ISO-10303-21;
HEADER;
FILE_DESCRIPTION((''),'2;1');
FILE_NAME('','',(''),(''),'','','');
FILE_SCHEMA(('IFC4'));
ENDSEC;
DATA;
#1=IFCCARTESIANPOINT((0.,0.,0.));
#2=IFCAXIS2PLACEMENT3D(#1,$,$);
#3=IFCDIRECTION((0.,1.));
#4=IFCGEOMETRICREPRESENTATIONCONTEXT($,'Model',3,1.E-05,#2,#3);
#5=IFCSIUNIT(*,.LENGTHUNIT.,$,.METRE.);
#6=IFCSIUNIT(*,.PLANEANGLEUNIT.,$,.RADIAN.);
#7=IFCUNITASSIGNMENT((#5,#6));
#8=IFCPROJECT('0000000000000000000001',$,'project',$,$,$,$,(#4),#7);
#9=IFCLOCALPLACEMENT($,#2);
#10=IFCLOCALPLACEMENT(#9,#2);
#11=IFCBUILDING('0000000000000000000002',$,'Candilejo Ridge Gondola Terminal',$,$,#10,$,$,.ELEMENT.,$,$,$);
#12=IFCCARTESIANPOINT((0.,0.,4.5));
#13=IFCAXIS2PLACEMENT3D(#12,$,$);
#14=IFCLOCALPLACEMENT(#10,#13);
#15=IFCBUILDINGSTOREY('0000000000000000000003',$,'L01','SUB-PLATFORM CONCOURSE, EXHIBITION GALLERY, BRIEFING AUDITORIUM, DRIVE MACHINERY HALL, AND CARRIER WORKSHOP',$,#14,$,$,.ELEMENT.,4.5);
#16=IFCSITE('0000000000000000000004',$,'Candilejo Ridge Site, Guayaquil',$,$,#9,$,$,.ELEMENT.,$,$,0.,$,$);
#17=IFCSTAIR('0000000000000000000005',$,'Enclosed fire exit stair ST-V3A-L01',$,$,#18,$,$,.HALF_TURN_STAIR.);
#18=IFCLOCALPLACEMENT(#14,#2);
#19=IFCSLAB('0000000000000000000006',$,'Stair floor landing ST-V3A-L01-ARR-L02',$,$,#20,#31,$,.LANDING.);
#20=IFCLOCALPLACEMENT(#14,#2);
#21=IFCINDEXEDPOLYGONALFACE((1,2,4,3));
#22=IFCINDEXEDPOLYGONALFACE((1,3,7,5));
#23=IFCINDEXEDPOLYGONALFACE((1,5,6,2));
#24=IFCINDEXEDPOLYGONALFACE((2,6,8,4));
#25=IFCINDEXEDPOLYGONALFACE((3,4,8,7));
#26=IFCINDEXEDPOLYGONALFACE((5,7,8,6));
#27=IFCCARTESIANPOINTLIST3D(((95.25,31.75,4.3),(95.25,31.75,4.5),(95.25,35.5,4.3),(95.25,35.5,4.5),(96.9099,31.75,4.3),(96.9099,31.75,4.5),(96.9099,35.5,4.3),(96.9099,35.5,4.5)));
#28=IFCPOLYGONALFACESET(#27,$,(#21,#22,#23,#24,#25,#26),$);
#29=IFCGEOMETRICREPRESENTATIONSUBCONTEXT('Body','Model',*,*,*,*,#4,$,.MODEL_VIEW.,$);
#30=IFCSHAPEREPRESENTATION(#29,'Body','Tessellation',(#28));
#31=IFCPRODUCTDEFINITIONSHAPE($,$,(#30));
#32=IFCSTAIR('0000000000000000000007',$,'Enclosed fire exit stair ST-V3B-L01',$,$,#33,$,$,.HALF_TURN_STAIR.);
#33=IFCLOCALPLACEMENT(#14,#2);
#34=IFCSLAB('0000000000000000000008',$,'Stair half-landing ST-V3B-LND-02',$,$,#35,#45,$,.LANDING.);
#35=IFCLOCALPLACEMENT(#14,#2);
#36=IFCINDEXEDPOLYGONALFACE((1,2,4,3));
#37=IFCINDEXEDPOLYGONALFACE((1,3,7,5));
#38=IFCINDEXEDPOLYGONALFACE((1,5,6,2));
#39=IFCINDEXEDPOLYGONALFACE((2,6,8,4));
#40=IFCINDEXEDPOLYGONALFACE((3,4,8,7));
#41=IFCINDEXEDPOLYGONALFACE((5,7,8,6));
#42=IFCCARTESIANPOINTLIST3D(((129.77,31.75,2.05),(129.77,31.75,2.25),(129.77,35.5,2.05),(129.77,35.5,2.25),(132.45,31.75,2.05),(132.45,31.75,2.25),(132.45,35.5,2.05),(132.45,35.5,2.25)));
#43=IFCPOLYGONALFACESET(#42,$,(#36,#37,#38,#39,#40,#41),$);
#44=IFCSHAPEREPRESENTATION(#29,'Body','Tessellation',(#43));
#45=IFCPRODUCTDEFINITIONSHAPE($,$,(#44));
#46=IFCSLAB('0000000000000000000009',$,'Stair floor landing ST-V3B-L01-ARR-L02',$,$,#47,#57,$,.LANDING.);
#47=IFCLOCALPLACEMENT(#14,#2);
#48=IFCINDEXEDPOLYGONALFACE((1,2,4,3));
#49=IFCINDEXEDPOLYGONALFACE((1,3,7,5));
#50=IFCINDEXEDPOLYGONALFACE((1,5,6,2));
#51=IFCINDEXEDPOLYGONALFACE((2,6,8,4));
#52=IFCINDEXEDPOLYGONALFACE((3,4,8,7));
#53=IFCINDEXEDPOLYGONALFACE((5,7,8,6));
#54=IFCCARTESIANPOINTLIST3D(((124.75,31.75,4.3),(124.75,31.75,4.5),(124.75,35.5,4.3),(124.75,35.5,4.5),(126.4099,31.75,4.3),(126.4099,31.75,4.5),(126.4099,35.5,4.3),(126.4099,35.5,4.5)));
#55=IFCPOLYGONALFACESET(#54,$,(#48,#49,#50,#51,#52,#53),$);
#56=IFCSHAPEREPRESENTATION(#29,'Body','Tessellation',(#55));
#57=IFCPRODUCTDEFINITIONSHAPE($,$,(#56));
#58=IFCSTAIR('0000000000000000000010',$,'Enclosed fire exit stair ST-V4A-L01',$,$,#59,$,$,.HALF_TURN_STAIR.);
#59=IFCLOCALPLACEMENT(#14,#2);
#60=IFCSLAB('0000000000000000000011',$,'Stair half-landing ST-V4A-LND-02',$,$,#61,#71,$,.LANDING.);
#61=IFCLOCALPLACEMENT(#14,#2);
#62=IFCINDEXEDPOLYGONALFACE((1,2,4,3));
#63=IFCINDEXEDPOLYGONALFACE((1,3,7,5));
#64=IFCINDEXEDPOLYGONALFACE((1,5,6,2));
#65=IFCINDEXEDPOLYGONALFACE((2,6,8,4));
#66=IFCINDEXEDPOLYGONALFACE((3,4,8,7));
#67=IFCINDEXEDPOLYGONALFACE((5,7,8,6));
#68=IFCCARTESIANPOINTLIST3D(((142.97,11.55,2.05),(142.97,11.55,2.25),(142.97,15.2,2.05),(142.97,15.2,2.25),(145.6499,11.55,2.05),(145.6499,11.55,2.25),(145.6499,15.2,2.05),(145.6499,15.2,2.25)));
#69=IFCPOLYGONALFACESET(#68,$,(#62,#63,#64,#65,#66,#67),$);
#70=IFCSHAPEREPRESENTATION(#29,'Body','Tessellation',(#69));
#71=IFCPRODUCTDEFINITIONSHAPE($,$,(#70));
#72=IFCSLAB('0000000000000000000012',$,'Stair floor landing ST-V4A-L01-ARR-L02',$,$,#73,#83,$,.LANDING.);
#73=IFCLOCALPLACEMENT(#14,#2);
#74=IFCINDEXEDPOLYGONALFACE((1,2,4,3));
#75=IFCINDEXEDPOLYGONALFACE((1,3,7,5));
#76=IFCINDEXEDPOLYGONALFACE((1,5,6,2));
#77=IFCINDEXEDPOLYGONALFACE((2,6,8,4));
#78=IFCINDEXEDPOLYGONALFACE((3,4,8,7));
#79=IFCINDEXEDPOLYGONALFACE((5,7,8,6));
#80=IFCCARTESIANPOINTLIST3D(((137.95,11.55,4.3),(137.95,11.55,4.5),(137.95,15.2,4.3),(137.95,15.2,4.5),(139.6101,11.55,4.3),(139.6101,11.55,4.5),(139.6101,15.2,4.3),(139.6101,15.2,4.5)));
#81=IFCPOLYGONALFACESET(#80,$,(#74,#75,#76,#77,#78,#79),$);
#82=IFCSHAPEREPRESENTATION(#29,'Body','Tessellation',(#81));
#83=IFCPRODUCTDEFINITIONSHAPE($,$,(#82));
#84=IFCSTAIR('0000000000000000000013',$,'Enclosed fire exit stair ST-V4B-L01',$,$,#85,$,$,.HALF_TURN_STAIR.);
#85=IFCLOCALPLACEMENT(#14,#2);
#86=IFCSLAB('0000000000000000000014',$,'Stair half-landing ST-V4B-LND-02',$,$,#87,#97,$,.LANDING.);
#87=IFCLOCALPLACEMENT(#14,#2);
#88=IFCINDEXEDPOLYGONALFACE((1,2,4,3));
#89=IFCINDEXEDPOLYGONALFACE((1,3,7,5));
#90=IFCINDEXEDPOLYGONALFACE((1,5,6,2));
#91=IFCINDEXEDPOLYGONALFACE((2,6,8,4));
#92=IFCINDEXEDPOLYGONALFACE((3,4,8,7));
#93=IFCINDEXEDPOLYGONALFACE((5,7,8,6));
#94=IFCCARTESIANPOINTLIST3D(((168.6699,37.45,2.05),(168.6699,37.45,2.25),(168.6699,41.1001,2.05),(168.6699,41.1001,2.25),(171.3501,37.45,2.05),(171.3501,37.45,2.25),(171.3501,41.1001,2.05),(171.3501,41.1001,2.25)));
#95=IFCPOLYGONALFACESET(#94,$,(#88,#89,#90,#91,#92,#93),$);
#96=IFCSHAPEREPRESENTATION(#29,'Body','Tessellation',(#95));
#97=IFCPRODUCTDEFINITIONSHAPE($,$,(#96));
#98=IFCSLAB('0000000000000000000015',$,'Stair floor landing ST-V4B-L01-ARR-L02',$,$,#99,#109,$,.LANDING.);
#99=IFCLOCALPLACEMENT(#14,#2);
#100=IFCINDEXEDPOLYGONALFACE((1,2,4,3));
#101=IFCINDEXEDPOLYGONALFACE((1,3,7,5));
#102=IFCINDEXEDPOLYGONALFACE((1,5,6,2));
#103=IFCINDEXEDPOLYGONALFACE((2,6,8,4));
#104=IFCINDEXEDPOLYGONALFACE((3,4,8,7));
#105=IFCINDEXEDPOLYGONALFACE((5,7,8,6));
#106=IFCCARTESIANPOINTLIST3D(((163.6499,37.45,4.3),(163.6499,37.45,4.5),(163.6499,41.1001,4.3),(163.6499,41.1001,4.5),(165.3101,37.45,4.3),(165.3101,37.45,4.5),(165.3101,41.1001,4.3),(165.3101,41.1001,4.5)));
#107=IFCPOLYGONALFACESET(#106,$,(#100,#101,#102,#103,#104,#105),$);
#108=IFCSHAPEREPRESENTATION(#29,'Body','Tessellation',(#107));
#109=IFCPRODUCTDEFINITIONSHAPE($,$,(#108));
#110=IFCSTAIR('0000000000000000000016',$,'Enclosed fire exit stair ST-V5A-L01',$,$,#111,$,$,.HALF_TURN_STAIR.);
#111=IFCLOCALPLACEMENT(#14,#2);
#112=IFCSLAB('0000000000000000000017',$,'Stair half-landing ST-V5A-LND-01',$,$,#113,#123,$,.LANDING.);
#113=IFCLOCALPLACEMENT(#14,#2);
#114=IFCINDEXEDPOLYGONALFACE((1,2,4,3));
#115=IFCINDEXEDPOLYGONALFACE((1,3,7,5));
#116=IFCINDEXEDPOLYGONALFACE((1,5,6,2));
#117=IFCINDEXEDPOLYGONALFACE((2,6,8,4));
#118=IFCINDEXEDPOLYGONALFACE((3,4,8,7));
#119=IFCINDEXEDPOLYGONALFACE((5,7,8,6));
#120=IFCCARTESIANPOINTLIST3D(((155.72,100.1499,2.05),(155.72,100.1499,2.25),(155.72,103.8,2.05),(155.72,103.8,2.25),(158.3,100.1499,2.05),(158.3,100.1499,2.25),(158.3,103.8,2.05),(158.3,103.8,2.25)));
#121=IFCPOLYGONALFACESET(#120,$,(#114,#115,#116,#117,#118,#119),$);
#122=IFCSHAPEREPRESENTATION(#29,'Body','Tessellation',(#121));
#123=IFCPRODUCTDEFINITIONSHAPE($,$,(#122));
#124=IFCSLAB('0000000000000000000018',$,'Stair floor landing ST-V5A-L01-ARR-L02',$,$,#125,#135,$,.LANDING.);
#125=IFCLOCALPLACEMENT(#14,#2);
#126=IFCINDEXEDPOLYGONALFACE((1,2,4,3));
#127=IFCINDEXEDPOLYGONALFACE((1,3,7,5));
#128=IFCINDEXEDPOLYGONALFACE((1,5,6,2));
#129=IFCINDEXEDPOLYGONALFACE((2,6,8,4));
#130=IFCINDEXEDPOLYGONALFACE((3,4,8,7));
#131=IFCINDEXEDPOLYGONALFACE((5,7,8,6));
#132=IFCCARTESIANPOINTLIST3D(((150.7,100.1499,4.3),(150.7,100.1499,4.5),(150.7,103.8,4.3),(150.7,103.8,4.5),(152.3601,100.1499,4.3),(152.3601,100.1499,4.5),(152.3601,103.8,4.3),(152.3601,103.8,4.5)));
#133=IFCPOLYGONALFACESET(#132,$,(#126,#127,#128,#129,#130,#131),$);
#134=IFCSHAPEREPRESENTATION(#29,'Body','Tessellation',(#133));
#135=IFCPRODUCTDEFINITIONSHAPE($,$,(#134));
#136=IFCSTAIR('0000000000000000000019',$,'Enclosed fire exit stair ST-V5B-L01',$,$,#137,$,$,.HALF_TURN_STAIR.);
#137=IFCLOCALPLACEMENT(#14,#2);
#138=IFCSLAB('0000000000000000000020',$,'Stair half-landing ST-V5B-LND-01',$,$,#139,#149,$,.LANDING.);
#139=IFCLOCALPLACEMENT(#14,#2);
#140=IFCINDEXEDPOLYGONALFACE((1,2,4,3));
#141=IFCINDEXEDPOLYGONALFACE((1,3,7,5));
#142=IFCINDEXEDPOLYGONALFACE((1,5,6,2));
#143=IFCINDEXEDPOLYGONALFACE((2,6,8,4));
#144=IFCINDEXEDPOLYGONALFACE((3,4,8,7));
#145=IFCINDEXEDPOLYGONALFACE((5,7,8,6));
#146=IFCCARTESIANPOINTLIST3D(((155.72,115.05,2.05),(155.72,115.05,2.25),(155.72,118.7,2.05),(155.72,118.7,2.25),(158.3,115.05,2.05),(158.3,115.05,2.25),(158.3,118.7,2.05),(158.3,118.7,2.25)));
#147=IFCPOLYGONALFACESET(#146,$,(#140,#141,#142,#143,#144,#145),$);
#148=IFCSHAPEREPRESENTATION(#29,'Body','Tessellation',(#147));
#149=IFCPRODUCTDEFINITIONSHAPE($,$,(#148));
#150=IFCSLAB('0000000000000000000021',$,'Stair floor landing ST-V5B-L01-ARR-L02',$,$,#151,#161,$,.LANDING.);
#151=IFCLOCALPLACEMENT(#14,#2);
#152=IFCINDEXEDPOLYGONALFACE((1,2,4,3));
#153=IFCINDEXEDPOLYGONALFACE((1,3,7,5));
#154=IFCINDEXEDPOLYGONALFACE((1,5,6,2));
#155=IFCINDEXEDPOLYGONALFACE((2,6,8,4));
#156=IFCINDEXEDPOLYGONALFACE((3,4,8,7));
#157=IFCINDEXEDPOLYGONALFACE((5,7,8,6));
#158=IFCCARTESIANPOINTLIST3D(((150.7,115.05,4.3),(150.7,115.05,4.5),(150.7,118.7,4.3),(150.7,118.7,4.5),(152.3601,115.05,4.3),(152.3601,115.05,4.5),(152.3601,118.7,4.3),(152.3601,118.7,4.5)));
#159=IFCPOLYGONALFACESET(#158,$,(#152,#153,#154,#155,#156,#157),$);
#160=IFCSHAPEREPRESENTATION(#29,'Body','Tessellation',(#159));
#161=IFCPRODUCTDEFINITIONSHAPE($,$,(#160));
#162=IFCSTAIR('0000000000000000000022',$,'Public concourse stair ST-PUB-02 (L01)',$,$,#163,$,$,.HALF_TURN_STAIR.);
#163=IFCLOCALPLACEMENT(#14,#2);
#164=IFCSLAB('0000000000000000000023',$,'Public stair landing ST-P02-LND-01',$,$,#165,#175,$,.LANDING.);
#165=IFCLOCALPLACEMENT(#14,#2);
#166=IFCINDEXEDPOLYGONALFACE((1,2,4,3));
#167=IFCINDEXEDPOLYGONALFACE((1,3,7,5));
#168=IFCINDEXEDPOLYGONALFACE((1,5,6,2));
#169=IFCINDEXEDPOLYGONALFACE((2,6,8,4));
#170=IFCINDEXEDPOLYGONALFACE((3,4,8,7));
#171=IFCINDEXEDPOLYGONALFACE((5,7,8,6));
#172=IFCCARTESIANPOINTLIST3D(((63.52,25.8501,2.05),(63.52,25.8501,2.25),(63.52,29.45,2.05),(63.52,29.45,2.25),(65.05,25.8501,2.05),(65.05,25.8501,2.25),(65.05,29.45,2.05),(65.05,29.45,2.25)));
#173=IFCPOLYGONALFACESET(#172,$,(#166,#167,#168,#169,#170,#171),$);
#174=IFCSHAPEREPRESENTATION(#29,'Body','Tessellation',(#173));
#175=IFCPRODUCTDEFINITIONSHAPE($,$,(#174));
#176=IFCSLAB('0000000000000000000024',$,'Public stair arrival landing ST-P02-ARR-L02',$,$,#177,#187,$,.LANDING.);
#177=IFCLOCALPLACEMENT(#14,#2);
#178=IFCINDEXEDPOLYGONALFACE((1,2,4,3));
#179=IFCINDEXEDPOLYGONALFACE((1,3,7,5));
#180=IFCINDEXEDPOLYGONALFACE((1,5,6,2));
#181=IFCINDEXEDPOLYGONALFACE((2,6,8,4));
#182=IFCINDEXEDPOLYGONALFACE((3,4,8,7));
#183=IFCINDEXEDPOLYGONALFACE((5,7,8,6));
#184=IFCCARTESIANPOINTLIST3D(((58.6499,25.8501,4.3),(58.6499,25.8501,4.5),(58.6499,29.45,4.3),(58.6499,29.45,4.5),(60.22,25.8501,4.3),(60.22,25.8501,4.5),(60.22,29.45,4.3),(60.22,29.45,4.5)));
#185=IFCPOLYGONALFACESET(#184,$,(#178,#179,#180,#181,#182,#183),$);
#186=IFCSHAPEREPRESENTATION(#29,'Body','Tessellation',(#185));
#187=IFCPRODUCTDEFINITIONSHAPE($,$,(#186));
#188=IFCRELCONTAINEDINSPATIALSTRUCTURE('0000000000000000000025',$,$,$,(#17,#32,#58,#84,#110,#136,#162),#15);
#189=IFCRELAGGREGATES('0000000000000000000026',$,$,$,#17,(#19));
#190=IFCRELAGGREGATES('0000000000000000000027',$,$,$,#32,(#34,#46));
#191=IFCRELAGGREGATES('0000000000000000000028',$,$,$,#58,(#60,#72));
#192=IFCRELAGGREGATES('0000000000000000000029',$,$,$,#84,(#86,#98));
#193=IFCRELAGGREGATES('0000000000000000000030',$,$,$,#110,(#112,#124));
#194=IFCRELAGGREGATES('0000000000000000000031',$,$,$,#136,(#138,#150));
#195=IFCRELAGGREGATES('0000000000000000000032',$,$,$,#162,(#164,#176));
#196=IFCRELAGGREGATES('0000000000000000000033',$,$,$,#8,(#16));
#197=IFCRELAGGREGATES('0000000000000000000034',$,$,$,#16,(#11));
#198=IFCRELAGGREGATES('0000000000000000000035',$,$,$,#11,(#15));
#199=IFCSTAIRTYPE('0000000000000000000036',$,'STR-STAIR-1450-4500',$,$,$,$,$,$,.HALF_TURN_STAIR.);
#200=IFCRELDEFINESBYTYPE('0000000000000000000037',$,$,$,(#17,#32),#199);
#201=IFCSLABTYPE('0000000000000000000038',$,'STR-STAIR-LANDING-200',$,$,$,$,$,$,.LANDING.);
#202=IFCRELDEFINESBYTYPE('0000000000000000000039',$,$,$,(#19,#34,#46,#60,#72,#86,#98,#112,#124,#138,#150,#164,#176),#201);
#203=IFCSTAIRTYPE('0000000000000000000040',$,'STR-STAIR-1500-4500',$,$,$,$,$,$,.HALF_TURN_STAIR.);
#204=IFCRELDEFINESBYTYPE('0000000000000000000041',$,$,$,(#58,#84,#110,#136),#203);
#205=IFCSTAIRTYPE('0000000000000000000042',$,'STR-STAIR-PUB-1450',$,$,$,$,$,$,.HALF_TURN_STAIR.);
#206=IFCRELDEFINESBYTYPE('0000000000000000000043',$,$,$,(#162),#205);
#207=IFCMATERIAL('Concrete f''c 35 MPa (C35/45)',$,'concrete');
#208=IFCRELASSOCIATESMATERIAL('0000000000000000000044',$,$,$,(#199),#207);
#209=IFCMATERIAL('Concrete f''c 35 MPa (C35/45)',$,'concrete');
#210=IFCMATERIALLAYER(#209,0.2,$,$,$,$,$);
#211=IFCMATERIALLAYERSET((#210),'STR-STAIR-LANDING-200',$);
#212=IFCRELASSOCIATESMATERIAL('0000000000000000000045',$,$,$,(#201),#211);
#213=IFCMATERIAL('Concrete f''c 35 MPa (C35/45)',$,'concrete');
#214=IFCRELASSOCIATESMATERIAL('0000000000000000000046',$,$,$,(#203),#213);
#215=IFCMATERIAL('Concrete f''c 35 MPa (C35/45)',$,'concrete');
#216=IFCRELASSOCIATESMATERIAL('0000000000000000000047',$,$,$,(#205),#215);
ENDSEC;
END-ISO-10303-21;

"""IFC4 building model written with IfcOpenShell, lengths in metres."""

from ifc_helpers import new_model, si_unit, direction, frame, origin, place, context, subcontext, project, spatial, polyline, outline, extrude, material, layer, layer_set, type_object, element, aggregate, save


model = new_model("IFC4")

# Units and contexts
model_context = context("Model", 3, precision=1e-05, world=origin(), true_north=direction((0.0, 1.0)))
body_context = subcontext(model_context, "Body", "Model", "MODEL_VIEW")
ifc_project = project(units=[si_unit("LENGTHUNIT", "METRE"), si_unit("PLANEANGLEUNIT", "RADIAN")], contexts=[model_context])

# Site, building, storey
site_placement = place(None, origin())
site = spatial("IfcSite", under=ifc_project, at=site_placement, Name="Candilejo Ridge Site, Guayaquil", CompositionType="ELEMENT", RefElevation=0.0)
building_placement = place(site_placement, origin())
building = spatial("IfcBuilding", under=site, at=building_placement, Name="Candilejo Ridge Gondola Terminal", CompositionType="ELEMENT")
storey_placement = place(building_placement, frame((0.0, 0.0, 4.5)))
storey = spatial("IfcBuildingStorey", under=building, at=storey_placement, Name="L01", Description="SUB-PLATFORM CONCOURSE, EXHIBITION GALLERY, BRIEFING AUDITORIUM, DRIVE MACHINERY HALL, AND CARRIER WORKSHOP", CompositionType="ELEMENT", Elevation=4.5)

# Shared definitions
ifc_material_1 = material(Name="Concrete f'c 35 MPa (C35/45)", Category="concrete")
stair_type_1 = type_object("IfcStairType", Name="STR-STAIR-1450-4500", PredefinedType="HALF_TURN_STAIR", material=ifc_material_1)
ifc_material_2 = material(Name="Concrete f'c 35 MPa (C35/45)", Category="concrete")
ifc_layer_1 = layer(ifc_material_2, 0.2)
ifc_layer_set_1 = layer_set([ifc_layer_1], Name="STR-STAIR-LANDING-200")
slab_type = type_object("IfcSlabType", Name="STR-STAIR-LANDING-200", PredefinedType="LANDING", material=ifc_layer_set_1)

# Stairs, slabs
stair_1_placement = place(storey_placement, origin())
stair_1 = element("IfcStair", 1, at=stair_1_placement, inside=storey, type_object=stair_type_1, Name="Enclosed fire exit stair ST-V3A-L01", PredefinedType="HALF_TURN_STAIR")
slab_1_placement = place(storey_placement, frame((0.0, 0.0, 4.3)))
slab_1 = element("IfcSlab", 2, at=slab_1_placement, type_object=slab_type, Name="Stair floor landing ST-V3A-L01-ARR-L02", PredefinedType="LANDING", context=body_context, shape_type="SweptSolid", body=[
    extrude(outline(polyline([(95.25, 31.75), (96.9099, 31.75), (96.9099, 35.5), (95.25, 35.5), (95.25, 31.75)])), origin(), (0.0, 0.0, 1.0), 0.2),
])
aggregate(stair_1, [slab_1])
stair_2_placement = place(storey_placement, origin())
stair_2 = element("IfcStair", 3, at=stair_2_placement, inside=storey, type_object=stair_type_1, Name="Enclosed fire exit stair ST-V3B-L01", PredefinedType="HALF_TURN_STAIR")
slab_2_placement = place(storey_placement, frame((0.0, 0.0, 2.05)))
slab_2 = element("IfcSlab", 4, at=slab_2_placement, type_object=slab_type, Name="Stair half-landing ST-V3B-LND-02", PredefinedType="LANDING", context=body_context, shape_type="SweptSolid", body=[
    extrude(outline(polyline([(129.77, 31.75), (132.45, 31.75), (132.45, 35.5), (129.77, 35.5), (129.77, 31.75)])), origin(), (0.0, 0.0, 1.0), 0.2),
])
slab_3_placement = place(storey_placement, frame((0.0, 0.0, 4.3)))
slab_3 = element("IfcSlab", 5, at=slab_3_placement, type_object=slab_type, Name="Stair floor landing ST-V3B-L01-ARR-L02", PredefinedType="LANDING", context=body_context, shape_type="SweptSolid", body=[
    extrude(outline(polyline([(124.75, 31.75), (126.4099, 31.75), (126.4099, 35.5), (124.75, 35.5), (124.75, 31.75)])), origin(), (0.0, 0.0, 1.0), 0.2),
])
aggregate(stair_2, [slab_2, slab_3])
ifc_material_3 = material(Name="Concrete f'c 35 MPa (C35/45)", Category="concrete")
stair_type_2 = type_object("IfcStairType", Name="STR-STAIR-1500-4500", PredefinedType="HALF_TURN_STAIR", material=ifc_material_3)
stair_3_placement = place(storey_placement, origin())
stair_3 = element("IfcStair", 6, at=stair_3_placement, inside=storey, type_object=stair_type_2, Name="Enclosed fire exit stair ST-V4A-L01", PredefinedType="HALF_TURN_STAIR")
slab_4_placement = place(storey_placement, frame((0.0, 0.0, 2.05)))
slab_4 = element("IfcSlab", 7, at=slab_4_placement, type_object=slab_type, Name="Stair half-landing ST-V4A-LND-02", PredefinedType="LANDING", context=body_context, shape_type="SweptSolid", body=[
    extrude(outline(polyline([(142.97, 11.55), (145.6499, 11.55), (145.6499, 15.2), (142.97, 15.2), (142.97, 11.55)])), origin(), (0.0, 0.0, 1.0), 0.2),
])
slab_5_placement = place(storey_placement, frame((0.0, 0.0, 4.3)))
slab_5 = element("IfcSlab", 8, at=slab_5_placement, type_object=slab_type, Name="Stair floor landing ST-V4A-L01-ARR-L02", PredefinedType="LANDING", context=body_context, shape_type="SweptSolid", body=[
    extrude(outline(polyline([(137.95, 11.55), (139.6101, 11.55), (139.6101, 15.2), (137.95, 15.2), (137.95, 11.55)])), origin(), (0.0, 0.0, 1.0), 0.2),
])
aggregate(stair_3, [slab_4, slab_5])
stair_4_placement = place(storey_placement, origin())
stair_4 = element("IfcStair", 9, at=stair_4_placement, inside=storey, type_object=stair_type_2, Name="Enclosed fire exit stair ST-V4B-L01", PredefinedType="HALF_TURN_STAIR")
slab_6_placement = place(storey_placement, frame((0.0, 0.0, 2.05)))
slab_6 = element("IfcSlab", 10, at=slab_6_placement, type_object=slab_type, Name="Stair half-landing ST-V4B-LND-02", PredefinedType="LANDING", context=body_context, shape_type="SweptSolid", body=[
    extrude(outline(polyline([(168.6699, 37.45), (171.3501, 37.45), (171.3501, 41.1001), (168.6699, 41.1001), (168.6699, 37.45)])), origin(), (0.0, 0.0, 1.0), 0.2),
])
slab_7_placement = place(storey_placement, frame((0.0, 0.0, 4.3)))
slab_7 = element("IfcSlab", 11, at=slab_7_placement, type_object=slab_type, Name="Stair floor landing ST-V4B-L01-ARR-L02", PredefinedType="LANDING", context=body_context, shape_type="SweptSolid", body=[
    extrude(outline(polyline([(163.6499, 37.45), (165.3101, 37.45), (165.3101, 41.1001), (163.6499, 41.1001), (163.6499, 37.45)])), origin(), (0.0, 0.0, 1.0), 0.2),
])
aggregate(stair_4, [slab_6, slab_7])
stair_5_placement = place(storey_placement, origin())
stair_5 = element("IfcStair", 12, at=stair_5_placement, inside=storey, type_object=stair_type_2, Name="Enclosed fire exit stair ST-V5A-L01", PredefinedType="HALF_TURN_STAIR")
slab_8_placement = place(storey_placement, frame((0.0, 0.0, 2.05)))
slab_8 = element("IfcSlab", 13, at=slab_8_placement, type_object=slab_type, Name="Stair half-landing ST-V5A-LND-01", PredefinedType="LANDING", context=body_context, shape_type="SweptSolid", body=[
    extrude(outline(polyline([(155.72, 100.1499), (158.3, 100.1499), (158.3, 103.8), (155.72, 103.8), (155.72, 100.1499)])), origin(), (0.0, 0.0, 1.0), 0.2),
])
slab_9_placement = place(storey_placement, frame((0.0, 0.0, 4.3)))
slab_9 = element("IfcSlab", 14, at=slab_9_placement, type_object=slab_type, Name="Stair floor landing ST-V5A-L01-ARR-L02", PredefinedType="LANDING", context=body_context, shape_type="SweptSolid", body=[
    extrude(outline(polyline([(150.7, 100.1499), (152.3601, 100.1499), (152.3601, 103.8), (150.7, 103.8), (150.7, 100.1499)])), origin(), (0.0, 0.0, 1.0), 0.2),
])
aggregate(stair_5, [slab_8, slab_9])
stair_6_placement = place(storey_placement, origin())
stair_6 = element("IfcStair", 15, at=stair_6_placement, inside=storey, type_object=stair_type_2, Name="Enclosed fire exit stair ST-V5B-L01", PredefinedType="HALF_TURN_STAIR")
slab_10_placement = place(storey_placement, frame((0.0, 0.0, 2.05)))
slab_10 = element("IfcSlab", 16, at=slab_10_placement, type_object=slab_type, Name="Stair half-landing ST-V5B-LND-01", PredefinedType="LANDING", context=body_context, shape_type="SweptSolid", body=[
    extrude(outline(polyline([(155.72, 115.05), (158.3, 115.05), (158.3, 118.7), (155.72, 118.7), (155.72, 115.05)])), origin(), (0.0, 0.0, 1.0), 0.2),
])
slab_11_placement = place(storey_placement, frame((0.0, 0.0, 4.3)))
slab_11 = element("IfcSlab", 17, at=slab_11_placement, type_object=slab_type, Name="Stair floor landing ST-V5B-L01-ARR-L02", PredefinedType="LANDING", context=body_context, shape_type="SweptSolid", body=[
    extrude(outline(polyline([(150.7, 115.05), (152.3601, 115.05), (152.3601, 118.7), (150.7, 118.7), (150.7, 115.05)])), origin(), (0.0, 0.0, 1.0), 0.2),
])
aggregate(stair_6, [slab_10, slab_11])
ifc_material_4 = material(Name="Concrete f'c 35 MPa (C35/45)", Category="concrete")
stair_type_3 = type_object("IfcStairType", Name="STR-STAIR-PUB-1450", PredefinedType="HALF_TURN_STAIR", material=ifc_material_4)
stair_7_placement = place(storey_placement, origin())
stair_7 = element("IfcStair", 18, at=stair_7_placement, inside=storey, type_object=stair_type_3, Name="Public concourse stair ST-PUB-02 (L01)", PredefinedType="HALF_TURN_STAIR")
slab_12_placement = place(storey_placement, frame((0.0, 0.0, 2.05)))
slab_12 = element("IfcSlab", 19, at=slab_12_placement, type_object=slab_type, Name="Public stair landing ST-P02-LND-01", PredefinedType="LANDING", context=body_context, shape_type="SweptSolid", body=[
    extrude(outline(polyline([(63.52, 25.8501), (65.05, 25.8501), (65.05, 29.45), (63.52, 29.45), (63.52, 25.8501)])), origin(), (0.0, 0.0, 1.0), 0.2),
])
slab_13_placement = place(storey_placement, frame((0.0, 0.0, 4.3)))
slab_13 = element("IfcSlab", 20, at=slab_13_placement, type_object=slab_type, Name="Public stair arrival landing ST-P02-ARR-L02", PredefinedType="LANDING", context=body_context, shape_type="SweptSolid", body=[
    extrude(outline(polyline([(58.6499, 25.8501), (60.22, 25.8501), (60.22, 29.45), (58.6499, 29.45), (58.6499, 25.8501)])), origin(), (0.0, 0.0, 1.0), 0.2),
])
aggregate(stair_7, [slab_12, slab_13])

save(model, "model.ifc")
